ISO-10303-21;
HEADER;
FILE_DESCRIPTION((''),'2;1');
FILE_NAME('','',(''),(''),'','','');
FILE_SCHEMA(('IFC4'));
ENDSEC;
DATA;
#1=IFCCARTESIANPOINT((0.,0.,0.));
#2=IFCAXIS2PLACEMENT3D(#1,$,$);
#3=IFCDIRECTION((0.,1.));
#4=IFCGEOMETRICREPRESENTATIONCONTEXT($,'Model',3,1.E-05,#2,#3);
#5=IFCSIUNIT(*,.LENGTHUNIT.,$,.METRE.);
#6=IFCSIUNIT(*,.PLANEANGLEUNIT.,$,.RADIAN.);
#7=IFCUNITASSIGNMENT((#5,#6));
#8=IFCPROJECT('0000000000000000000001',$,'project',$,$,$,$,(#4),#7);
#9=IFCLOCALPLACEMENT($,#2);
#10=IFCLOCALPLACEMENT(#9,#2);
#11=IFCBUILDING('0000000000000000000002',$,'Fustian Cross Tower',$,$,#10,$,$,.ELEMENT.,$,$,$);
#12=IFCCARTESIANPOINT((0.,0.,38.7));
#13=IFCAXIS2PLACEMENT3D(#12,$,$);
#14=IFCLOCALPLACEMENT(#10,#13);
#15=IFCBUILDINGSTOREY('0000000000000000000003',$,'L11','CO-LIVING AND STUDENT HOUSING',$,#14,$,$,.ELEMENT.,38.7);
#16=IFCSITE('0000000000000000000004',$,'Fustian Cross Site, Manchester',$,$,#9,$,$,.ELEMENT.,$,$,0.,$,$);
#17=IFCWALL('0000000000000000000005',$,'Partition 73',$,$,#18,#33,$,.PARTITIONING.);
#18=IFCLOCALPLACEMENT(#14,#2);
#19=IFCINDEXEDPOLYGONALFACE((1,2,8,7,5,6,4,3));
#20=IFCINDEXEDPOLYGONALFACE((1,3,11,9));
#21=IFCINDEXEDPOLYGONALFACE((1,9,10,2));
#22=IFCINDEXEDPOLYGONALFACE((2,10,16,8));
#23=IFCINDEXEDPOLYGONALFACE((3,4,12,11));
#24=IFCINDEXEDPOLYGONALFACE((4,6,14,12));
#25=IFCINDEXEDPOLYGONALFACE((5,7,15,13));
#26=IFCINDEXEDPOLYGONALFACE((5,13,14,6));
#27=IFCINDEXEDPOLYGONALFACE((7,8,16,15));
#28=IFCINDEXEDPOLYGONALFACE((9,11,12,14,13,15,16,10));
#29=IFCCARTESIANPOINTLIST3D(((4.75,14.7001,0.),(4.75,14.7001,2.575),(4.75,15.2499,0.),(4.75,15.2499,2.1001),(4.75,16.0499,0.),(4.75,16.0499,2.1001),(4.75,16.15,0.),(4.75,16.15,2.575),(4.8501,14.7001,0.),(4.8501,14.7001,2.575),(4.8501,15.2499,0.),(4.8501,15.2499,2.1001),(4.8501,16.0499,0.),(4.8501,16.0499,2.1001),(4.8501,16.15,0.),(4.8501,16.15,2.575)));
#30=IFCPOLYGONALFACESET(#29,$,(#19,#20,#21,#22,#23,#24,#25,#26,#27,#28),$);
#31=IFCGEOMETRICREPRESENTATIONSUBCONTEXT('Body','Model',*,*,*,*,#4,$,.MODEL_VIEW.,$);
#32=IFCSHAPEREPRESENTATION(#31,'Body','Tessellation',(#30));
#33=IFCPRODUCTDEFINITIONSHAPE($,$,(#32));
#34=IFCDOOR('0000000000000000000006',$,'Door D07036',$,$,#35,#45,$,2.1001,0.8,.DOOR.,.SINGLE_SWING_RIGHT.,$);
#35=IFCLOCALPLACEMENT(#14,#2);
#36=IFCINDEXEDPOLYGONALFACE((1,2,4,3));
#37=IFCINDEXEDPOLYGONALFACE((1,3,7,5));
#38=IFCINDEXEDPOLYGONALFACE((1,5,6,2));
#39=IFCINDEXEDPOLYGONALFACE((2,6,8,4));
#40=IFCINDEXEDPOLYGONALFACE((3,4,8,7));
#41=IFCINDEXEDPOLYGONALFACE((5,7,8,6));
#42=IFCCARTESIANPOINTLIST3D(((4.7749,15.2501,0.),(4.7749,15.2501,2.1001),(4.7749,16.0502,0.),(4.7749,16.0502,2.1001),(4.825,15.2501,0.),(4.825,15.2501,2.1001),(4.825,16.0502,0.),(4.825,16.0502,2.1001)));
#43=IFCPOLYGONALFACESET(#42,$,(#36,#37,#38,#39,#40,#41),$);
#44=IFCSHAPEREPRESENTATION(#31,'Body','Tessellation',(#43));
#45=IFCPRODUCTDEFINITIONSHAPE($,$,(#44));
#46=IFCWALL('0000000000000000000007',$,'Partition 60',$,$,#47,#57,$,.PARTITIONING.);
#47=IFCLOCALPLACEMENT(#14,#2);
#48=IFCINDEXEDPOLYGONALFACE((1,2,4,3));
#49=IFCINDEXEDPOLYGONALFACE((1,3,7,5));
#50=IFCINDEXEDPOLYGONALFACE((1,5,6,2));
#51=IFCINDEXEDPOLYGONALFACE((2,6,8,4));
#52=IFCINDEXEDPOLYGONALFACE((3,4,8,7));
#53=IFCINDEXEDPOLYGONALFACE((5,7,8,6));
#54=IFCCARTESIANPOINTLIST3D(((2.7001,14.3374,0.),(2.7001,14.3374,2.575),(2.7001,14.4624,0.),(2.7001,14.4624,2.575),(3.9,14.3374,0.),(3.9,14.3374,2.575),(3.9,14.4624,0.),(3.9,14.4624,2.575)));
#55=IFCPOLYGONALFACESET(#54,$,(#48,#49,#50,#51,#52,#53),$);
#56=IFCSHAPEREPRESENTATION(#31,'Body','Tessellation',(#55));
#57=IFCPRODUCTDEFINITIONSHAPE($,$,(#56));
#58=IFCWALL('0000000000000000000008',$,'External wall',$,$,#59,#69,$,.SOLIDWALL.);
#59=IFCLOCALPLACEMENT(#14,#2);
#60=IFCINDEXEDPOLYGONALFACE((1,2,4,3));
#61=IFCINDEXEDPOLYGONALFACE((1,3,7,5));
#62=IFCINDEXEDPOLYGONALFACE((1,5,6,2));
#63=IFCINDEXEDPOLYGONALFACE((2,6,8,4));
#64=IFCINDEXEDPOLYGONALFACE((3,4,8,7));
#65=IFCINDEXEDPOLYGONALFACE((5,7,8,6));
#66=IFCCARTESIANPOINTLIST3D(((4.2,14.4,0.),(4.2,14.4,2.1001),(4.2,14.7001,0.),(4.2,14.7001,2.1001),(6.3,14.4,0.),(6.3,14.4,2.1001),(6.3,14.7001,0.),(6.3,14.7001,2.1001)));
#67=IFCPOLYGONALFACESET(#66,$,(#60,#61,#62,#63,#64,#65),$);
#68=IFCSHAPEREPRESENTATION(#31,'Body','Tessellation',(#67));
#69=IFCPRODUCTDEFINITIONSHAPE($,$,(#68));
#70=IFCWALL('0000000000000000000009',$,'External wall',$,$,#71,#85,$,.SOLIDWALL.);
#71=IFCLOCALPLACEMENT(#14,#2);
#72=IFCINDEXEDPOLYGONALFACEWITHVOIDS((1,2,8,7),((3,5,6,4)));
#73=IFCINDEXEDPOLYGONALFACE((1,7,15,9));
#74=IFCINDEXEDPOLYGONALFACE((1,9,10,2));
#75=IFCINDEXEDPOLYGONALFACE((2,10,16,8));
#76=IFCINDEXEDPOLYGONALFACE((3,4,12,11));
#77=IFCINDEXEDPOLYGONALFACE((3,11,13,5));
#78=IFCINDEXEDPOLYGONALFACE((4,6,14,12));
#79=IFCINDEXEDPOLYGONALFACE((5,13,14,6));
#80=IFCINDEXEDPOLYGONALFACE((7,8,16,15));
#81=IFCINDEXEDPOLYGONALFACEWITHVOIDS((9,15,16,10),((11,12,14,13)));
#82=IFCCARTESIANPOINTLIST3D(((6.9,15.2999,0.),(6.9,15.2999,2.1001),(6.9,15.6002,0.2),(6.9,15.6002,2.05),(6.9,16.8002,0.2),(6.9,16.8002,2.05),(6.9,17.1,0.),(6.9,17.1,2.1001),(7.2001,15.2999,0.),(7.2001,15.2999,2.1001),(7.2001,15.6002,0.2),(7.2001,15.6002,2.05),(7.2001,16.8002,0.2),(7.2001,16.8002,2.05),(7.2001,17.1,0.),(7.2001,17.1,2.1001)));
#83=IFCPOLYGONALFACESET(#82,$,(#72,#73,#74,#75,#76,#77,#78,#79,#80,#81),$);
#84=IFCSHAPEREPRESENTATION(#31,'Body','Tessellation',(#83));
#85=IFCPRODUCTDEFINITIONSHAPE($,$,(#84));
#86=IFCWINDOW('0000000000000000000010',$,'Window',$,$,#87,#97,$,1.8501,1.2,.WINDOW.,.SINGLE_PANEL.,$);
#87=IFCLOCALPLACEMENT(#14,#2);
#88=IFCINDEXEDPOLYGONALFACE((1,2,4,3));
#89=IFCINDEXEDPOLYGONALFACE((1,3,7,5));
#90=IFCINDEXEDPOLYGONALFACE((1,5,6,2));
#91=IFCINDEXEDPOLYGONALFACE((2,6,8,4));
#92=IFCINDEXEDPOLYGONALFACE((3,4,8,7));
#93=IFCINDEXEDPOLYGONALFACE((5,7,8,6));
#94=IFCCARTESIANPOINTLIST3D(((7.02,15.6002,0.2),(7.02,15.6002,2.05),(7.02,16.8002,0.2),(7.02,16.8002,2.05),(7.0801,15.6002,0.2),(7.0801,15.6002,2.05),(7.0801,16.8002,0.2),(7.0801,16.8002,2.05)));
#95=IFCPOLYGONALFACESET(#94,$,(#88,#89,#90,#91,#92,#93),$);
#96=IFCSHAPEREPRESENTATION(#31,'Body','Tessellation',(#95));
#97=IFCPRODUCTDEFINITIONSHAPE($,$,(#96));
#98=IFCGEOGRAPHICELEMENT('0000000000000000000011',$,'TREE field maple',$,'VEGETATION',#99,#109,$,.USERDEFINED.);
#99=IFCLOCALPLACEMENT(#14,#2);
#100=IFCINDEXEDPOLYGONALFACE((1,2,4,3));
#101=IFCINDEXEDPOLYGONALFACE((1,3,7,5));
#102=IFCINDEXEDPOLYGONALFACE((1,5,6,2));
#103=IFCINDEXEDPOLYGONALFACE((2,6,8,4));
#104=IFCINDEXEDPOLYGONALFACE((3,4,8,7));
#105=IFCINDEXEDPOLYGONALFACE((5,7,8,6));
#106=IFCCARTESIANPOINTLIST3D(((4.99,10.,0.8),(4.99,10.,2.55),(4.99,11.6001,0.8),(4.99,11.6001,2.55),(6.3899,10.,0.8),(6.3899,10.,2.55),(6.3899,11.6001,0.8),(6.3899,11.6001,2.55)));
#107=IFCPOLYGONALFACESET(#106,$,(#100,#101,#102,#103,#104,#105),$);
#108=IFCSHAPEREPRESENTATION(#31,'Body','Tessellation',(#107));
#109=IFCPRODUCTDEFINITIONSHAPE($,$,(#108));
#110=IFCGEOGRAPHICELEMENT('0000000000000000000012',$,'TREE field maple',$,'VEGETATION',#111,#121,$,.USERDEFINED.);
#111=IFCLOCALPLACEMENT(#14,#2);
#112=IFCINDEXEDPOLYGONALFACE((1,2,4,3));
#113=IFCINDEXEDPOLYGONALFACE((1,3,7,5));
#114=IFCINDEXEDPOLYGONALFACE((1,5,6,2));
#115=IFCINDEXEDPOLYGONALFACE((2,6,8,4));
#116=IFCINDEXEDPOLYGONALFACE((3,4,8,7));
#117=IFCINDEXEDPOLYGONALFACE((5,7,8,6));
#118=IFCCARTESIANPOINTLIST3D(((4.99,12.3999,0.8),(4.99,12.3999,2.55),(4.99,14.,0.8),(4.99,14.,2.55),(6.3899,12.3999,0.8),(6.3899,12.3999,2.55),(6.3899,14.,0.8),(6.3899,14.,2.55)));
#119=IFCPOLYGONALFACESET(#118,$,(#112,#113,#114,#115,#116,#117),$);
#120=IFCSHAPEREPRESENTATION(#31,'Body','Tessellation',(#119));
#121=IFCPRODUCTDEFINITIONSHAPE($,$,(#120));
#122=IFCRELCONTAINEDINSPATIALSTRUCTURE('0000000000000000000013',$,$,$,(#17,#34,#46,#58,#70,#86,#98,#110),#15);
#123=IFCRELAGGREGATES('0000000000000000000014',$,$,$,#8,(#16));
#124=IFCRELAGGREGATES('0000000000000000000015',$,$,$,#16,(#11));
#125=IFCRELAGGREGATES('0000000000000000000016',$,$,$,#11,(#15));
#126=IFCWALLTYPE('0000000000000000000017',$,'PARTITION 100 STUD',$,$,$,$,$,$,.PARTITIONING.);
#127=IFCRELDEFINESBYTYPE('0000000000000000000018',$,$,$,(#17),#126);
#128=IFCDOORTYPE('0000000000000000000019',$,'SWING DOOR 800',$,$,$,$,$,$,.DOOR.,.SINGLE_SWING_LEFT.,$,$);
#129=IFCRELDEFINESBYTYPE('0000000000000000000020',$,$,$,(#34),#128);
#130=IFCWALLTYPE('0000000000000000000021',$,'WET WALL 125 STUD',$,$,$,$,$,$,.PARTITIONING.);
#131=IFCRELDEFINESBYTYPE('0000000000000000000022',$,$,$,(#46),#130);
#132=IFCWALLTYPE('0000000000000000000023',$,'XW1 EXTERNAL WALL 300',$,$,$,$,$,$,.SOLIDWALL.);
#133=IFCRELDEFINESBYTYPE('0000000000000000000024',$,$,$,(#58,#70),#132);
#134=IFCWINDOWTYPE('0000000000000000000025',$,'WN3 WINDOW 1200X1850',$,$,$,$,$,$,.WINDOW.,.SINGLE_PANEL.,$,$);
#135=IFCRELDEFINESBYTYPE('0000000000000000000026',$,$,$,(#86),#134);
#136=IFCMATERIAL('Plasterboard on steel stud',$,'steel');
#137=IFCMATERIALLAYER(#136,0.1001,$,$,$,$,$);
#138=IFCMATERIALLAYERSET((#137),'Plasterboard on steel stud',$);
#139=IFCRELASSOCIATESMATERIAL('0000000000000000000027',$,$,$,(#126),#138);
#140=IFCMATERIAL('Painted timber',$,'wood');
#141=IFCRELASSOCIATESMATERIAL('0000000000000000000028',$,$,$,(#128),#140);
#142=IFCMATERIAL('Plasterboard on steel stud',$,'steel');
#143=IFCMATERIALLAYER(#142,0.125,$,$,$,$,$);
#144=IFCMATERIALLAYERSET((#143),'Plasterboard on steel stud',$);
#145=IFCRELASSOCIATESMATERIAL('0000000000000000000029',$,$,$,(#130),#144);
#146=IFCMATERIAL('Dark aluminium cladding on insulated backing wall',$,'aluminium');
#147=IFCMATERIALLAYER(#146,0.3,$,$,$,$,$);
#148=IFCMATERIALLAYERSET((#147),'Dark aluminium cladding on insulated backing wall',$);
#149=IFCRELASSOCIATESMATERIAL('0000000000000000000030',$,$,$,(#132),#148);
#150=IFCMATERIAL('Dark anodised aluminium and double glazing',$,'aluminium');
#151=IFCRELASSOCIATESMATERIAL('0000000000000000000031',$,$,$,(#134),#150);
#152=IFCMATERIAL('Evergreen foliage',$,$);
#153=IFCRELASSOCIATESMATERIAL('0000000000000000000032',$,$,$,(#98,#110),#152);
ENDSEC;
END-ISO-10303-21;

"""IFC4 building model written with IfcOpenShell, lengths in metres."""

from ifc_helpers import new_model, si_unit, direction, frame, frame_2d, origin, origin_2d, place, context, subcontext, project, spatial, rectangle, extrude, material, layer, layer_set, type_object, element, fill, save


model = new_model("IFC4")

# Units and contexts
model_context = context("Model", 3, precision=1e-05, world=origin(), true_north=direction((0.0, 1.0)))
body_context = subcontext(model_context, "Body", "Model", "MODEL_VIEW")
ifc_project = project(units=[si_unit("LENGTHUNIT", "METRE"), si_unit("PLANEANGLEUNIT", "RADIAN")], contexts=[model_context])

# Site, building, storey
site_placement = place(None, origin())
site = spatial("IfcSite", under=ifc_project, at=site_placement, Name="Fustian Cross Site, Manchester", CompositionType="ELEMENT", RefElevation=0.0)
building_placement = place(site_placement, origin())
building = spatial("IfcBuilding", under=site, at=building_placement, Name="Fustian Cross Tower", CompositionType="ELEMENT")
storey_placement = place(building_placement, frame((0.0, 0.0, 38.7)))
storey = spatial("IfcBuildingStorey", under=building, at=storey_placement, Name="L11", Description="CO-LIVING AND STUDENT HOUSING", CompositionType="ELEMENT", Elevation=38.7)

# Shared definitions
ifc_material_1 = material(Name="Plasterboard on steel stud", Category="steel")
ifc_layer_1 = layer(ifc_material_1, 0.1001)
ifc_layer_set_1 = layer_set([ifc_layer_1], Name="Plasterboard on steel stud")
wall_type_1 = type_object("IfcWallType", Name="PARTITION 100 STUD", PredefinedType="PARTITIONING", material=ifc_layer_set_1)

# Wall, opening, door
wall_1_placement = place(storey_placement, frame((4.8, 14.7, 0.0), z_axis=(0.0, 0.0, 1.0), x_axis=(0.0, 1.0, 0.0)))
wall_1 = element("IfcWall", 1, at=wall_1_placement, inside=storey, type_object=wall_type_1, Name="Partition 73", PredefinedType="PARTITIONING", context=body_context, shape_type="SweptSolid", body=[
    extrude(rectangle(XDim=1.45, YDim=0.1001, at=frame_2d((0.7251, 0.0))), origin(), (0.0, 0.0, 1.0), 2.575),
])
opening_1_placement = place(wall_1_placement, frame((0.55, 0.0, 0.0)))
opening_1 = element("IfcOpeningElement", 2, at=opening_1_placement, cuts=wall_1, PredefinedType="OPENING", context=body_context, shape_type="SweptSolid", body=[
    extrude(rectangle(XDim=0.8, YDim=2.1001, at=frame_2d((0.3999, 1.05))), frame((0.0, 0.0601, 0.0), z_axis=(0.0, -1.0, 0.0), x_axis=(1.0, 0.0, 0.0)), (0.0, 0.0, 1.0), 0.1201),
])
ifc_material_2 = material(Name="Painted timber", Category="wood")
door_type_1 = type_object("IfcDoorType", Name="SWING DOOR 800", OperationType="SINGLE_SWING_LEFT", PredefinedType="DOOR", material=ifc_material_2)
door_1_placement = place(opening_1_placement, frame((0.8, 0.0, 0.0), z_axis=(0.0, 0.0, 1.0), x_axis=(-1.0, 0.0, 0.0)))
door_1 = element("IfcDoor", 3, at=door_1_placement, inside=storey, type_object=door_type_1, Name="Door D07036", OperationType="SINGLE_SWING_RIGHT", OverallHeight=2.1001, OverallWidth=0.8, PredefinedType="DOOR", context=body_context, shape_type="SweptSolid", body=[
    extrude(rectangle(XDim=0.8, YDim=2.1001, at=frame_2d((0.3999, 1.05))), frame((0.0, 0.0249, 0.0), z_axis=(0.0, -1.0, 0.0), x_axis=(1.0, 0.0, 0.0)), (0.0, 0.0, 1.0), 0.05),
])
fill(opening_1, door_1)

# Walls
ifc_material_3 = material(Name="Plasterboard on steel stud", Category="steel")
ifc_layer_2 = layer(ifc_material_3, 0.125)
ifc_layer_set_2 = layer_set([ifc_layer_2], Name="Plasterboard on steel stud")
wall_type_2 = type_object("IfcWallType", Name="WET WALL 125 STUD", PredefinedType="PARTITIONING", material=ifc_layer_set_2)
wall_2_placement = place(storey_placement, frame((2.7, 14.3999, 0.0), z_axis=(0.0, 0.0, 1.0), x_axis=(1.0, 0.0, 0.0)))
element("IfcWall", 4, at=wall_2_placement, inside=storey, type_object=wall_type_2, Name="Partition 60", PredefinedType="PARTITIONING", context=body_context, shape_type="SweptSolid", body=[
    extrude(rectangle(XDim=1.2, YDim=0.125, at=frame_2d((0.6001, 0.0))), origin(), (0.0, 0.0, 1.0), 2.575),
])
ifc_material_4 = material(Name="Dark aluminium cladding on insulated backing wall", Category="aluminium")
ifc_layer_3 = layer(ifc_material_4, 0.3)
ifc_layer_set_3 = layer_set([ifc_layer_3], Name="Dark aluminium cladding on insulated backing wall")
wall_type_3 = type_object("IfcWallType", Name="XW1 EXTERNAL WALL 300", PredefinedType="SOLIDWALL", material=ifc_layer_set_3)
wall_3_placement = place(storey_placement, frame((4.2, 14.55, 0.0), z_axis=(0.0, 0.0, 1.0), x_axis=(1.0, 0.0, 0.0)))
element("IfcWall", 5, at=wall_3_placement, inside=storey, type_object=wall_type_3, Name="External wall", PredefinedType="SOLIDWALL", context=body_context, shape_type="SweptSolid", body=[
    extrude(rectangle(XDim=2.1001, YDim=0.3, at=frame_2d((1.05, 0.0))), origin(), (0.0, 0.0, 1.0), 2.1001),
])

# Wall, opening, window
wall_4_placement = place(storey_placement, frame((7.05, 15.3, 0.0), z_axis=(0.0, 0.0, 1.0), x_axis=(0.0, 1.0, 0.0)))
wall_4 = element("IfcWall", 6, at=wall_4_placement, inside=storey, type_object=wall_type_3, Name="External wall", PredefinedType="SOLIDWALL", context=body_context, shape_type="SweptSolid", body=[
    extrude(rectangle(XDim=1.8, YDim=0.3, at=frame_2d((0.8999, 0.0))), origin(), (0.0, 0.0, 1.0), 2.1001),
])
opening_2_placement = place(wall_4_placement, frame((0.3, 0.0, 0.2)))
opening_2 = element("IfcOpeningElement", 7, at=opening_2_placement, cuts=wall_4, PredefinedType="OPENING", context=body_context, shape_type="SweptSolid", body=[
    extrude(rectangle(XDim=1.2, YDim=1.8501, at=frame_2d((0.6001, 0.925))), frame((0.0, 0.1599, 0.0), z_axis=(0.0, -1.0, 0.0), x_axis=(1.0, 0.0, 0.0)), (0.0, 0.0, 1.0), 0.3201),
])
ifc_material_5 = material(Name="Dark anodised aluminium and double glazing", Category="aluminium")
window_type = type_object("IfcWindowType", Name="WN3 WINDOW 1200X1850", PartitioningType="SINGLE_PANEL", PredefinedType="WINDOW", material=ifc_material_5)
window_placement = place(opening_2_placement, origin())
window = element("IfcWindow", 8, at=window_placement, inside=storey, type_object=window_type, Name="Window", OverallHeight=1.8501, OverallWidth=1.2, PartitioningType="SINGLE_PANEL", PredefinedType="WINDOW", context=body_context, shape_type="SweptSolid", body=[
    extrude(rectangle(XDim=1.2, YDim=1.8501, at=frame_2d((0.6001, 0.925))), frame((0.0, 0.03, 0.0), z_axis=(0.0, -1.0, 0.0), x_axis=(1.0, 0.0, 0.0)), (0.0, 0.0, 1.0), 0.0601),
])
fill(opening_2, window)

# Geographic elements
ifc_material_6 = material(Name="Evergreen foliage")
for number, where, z_axis, x_axis, name in (
    (9, (5.6899, 10.8, 0.8), (0.0, 0.0, 1.0), (1.0, 0.0, 0.0), "TREE field maple"),
    (10, (5.6899, 13.2, 0.8), (0.0, 0.0, 1.0), (1.0, 0.0, 0.0), "TREE field maple"),
):
    element("IfcGeographicElement", number, at=place(storey_placement, frame(where, z_axis=z_axis, x_axis=x_axis)), inside=storey, material=ifc_material_6, Name=name, ObjectType="VEGETATION", PredefinedType="USERDEFINED", context=body_context, shape_type="SweptSolid", body=[
        extrude(rectangle(XDim=1.3999, YDim=1.6001, at=origin_2d()), origin(), (0.0, 0.0, 1.0), 1.75),
    ])

save(model, "model.ifc")
